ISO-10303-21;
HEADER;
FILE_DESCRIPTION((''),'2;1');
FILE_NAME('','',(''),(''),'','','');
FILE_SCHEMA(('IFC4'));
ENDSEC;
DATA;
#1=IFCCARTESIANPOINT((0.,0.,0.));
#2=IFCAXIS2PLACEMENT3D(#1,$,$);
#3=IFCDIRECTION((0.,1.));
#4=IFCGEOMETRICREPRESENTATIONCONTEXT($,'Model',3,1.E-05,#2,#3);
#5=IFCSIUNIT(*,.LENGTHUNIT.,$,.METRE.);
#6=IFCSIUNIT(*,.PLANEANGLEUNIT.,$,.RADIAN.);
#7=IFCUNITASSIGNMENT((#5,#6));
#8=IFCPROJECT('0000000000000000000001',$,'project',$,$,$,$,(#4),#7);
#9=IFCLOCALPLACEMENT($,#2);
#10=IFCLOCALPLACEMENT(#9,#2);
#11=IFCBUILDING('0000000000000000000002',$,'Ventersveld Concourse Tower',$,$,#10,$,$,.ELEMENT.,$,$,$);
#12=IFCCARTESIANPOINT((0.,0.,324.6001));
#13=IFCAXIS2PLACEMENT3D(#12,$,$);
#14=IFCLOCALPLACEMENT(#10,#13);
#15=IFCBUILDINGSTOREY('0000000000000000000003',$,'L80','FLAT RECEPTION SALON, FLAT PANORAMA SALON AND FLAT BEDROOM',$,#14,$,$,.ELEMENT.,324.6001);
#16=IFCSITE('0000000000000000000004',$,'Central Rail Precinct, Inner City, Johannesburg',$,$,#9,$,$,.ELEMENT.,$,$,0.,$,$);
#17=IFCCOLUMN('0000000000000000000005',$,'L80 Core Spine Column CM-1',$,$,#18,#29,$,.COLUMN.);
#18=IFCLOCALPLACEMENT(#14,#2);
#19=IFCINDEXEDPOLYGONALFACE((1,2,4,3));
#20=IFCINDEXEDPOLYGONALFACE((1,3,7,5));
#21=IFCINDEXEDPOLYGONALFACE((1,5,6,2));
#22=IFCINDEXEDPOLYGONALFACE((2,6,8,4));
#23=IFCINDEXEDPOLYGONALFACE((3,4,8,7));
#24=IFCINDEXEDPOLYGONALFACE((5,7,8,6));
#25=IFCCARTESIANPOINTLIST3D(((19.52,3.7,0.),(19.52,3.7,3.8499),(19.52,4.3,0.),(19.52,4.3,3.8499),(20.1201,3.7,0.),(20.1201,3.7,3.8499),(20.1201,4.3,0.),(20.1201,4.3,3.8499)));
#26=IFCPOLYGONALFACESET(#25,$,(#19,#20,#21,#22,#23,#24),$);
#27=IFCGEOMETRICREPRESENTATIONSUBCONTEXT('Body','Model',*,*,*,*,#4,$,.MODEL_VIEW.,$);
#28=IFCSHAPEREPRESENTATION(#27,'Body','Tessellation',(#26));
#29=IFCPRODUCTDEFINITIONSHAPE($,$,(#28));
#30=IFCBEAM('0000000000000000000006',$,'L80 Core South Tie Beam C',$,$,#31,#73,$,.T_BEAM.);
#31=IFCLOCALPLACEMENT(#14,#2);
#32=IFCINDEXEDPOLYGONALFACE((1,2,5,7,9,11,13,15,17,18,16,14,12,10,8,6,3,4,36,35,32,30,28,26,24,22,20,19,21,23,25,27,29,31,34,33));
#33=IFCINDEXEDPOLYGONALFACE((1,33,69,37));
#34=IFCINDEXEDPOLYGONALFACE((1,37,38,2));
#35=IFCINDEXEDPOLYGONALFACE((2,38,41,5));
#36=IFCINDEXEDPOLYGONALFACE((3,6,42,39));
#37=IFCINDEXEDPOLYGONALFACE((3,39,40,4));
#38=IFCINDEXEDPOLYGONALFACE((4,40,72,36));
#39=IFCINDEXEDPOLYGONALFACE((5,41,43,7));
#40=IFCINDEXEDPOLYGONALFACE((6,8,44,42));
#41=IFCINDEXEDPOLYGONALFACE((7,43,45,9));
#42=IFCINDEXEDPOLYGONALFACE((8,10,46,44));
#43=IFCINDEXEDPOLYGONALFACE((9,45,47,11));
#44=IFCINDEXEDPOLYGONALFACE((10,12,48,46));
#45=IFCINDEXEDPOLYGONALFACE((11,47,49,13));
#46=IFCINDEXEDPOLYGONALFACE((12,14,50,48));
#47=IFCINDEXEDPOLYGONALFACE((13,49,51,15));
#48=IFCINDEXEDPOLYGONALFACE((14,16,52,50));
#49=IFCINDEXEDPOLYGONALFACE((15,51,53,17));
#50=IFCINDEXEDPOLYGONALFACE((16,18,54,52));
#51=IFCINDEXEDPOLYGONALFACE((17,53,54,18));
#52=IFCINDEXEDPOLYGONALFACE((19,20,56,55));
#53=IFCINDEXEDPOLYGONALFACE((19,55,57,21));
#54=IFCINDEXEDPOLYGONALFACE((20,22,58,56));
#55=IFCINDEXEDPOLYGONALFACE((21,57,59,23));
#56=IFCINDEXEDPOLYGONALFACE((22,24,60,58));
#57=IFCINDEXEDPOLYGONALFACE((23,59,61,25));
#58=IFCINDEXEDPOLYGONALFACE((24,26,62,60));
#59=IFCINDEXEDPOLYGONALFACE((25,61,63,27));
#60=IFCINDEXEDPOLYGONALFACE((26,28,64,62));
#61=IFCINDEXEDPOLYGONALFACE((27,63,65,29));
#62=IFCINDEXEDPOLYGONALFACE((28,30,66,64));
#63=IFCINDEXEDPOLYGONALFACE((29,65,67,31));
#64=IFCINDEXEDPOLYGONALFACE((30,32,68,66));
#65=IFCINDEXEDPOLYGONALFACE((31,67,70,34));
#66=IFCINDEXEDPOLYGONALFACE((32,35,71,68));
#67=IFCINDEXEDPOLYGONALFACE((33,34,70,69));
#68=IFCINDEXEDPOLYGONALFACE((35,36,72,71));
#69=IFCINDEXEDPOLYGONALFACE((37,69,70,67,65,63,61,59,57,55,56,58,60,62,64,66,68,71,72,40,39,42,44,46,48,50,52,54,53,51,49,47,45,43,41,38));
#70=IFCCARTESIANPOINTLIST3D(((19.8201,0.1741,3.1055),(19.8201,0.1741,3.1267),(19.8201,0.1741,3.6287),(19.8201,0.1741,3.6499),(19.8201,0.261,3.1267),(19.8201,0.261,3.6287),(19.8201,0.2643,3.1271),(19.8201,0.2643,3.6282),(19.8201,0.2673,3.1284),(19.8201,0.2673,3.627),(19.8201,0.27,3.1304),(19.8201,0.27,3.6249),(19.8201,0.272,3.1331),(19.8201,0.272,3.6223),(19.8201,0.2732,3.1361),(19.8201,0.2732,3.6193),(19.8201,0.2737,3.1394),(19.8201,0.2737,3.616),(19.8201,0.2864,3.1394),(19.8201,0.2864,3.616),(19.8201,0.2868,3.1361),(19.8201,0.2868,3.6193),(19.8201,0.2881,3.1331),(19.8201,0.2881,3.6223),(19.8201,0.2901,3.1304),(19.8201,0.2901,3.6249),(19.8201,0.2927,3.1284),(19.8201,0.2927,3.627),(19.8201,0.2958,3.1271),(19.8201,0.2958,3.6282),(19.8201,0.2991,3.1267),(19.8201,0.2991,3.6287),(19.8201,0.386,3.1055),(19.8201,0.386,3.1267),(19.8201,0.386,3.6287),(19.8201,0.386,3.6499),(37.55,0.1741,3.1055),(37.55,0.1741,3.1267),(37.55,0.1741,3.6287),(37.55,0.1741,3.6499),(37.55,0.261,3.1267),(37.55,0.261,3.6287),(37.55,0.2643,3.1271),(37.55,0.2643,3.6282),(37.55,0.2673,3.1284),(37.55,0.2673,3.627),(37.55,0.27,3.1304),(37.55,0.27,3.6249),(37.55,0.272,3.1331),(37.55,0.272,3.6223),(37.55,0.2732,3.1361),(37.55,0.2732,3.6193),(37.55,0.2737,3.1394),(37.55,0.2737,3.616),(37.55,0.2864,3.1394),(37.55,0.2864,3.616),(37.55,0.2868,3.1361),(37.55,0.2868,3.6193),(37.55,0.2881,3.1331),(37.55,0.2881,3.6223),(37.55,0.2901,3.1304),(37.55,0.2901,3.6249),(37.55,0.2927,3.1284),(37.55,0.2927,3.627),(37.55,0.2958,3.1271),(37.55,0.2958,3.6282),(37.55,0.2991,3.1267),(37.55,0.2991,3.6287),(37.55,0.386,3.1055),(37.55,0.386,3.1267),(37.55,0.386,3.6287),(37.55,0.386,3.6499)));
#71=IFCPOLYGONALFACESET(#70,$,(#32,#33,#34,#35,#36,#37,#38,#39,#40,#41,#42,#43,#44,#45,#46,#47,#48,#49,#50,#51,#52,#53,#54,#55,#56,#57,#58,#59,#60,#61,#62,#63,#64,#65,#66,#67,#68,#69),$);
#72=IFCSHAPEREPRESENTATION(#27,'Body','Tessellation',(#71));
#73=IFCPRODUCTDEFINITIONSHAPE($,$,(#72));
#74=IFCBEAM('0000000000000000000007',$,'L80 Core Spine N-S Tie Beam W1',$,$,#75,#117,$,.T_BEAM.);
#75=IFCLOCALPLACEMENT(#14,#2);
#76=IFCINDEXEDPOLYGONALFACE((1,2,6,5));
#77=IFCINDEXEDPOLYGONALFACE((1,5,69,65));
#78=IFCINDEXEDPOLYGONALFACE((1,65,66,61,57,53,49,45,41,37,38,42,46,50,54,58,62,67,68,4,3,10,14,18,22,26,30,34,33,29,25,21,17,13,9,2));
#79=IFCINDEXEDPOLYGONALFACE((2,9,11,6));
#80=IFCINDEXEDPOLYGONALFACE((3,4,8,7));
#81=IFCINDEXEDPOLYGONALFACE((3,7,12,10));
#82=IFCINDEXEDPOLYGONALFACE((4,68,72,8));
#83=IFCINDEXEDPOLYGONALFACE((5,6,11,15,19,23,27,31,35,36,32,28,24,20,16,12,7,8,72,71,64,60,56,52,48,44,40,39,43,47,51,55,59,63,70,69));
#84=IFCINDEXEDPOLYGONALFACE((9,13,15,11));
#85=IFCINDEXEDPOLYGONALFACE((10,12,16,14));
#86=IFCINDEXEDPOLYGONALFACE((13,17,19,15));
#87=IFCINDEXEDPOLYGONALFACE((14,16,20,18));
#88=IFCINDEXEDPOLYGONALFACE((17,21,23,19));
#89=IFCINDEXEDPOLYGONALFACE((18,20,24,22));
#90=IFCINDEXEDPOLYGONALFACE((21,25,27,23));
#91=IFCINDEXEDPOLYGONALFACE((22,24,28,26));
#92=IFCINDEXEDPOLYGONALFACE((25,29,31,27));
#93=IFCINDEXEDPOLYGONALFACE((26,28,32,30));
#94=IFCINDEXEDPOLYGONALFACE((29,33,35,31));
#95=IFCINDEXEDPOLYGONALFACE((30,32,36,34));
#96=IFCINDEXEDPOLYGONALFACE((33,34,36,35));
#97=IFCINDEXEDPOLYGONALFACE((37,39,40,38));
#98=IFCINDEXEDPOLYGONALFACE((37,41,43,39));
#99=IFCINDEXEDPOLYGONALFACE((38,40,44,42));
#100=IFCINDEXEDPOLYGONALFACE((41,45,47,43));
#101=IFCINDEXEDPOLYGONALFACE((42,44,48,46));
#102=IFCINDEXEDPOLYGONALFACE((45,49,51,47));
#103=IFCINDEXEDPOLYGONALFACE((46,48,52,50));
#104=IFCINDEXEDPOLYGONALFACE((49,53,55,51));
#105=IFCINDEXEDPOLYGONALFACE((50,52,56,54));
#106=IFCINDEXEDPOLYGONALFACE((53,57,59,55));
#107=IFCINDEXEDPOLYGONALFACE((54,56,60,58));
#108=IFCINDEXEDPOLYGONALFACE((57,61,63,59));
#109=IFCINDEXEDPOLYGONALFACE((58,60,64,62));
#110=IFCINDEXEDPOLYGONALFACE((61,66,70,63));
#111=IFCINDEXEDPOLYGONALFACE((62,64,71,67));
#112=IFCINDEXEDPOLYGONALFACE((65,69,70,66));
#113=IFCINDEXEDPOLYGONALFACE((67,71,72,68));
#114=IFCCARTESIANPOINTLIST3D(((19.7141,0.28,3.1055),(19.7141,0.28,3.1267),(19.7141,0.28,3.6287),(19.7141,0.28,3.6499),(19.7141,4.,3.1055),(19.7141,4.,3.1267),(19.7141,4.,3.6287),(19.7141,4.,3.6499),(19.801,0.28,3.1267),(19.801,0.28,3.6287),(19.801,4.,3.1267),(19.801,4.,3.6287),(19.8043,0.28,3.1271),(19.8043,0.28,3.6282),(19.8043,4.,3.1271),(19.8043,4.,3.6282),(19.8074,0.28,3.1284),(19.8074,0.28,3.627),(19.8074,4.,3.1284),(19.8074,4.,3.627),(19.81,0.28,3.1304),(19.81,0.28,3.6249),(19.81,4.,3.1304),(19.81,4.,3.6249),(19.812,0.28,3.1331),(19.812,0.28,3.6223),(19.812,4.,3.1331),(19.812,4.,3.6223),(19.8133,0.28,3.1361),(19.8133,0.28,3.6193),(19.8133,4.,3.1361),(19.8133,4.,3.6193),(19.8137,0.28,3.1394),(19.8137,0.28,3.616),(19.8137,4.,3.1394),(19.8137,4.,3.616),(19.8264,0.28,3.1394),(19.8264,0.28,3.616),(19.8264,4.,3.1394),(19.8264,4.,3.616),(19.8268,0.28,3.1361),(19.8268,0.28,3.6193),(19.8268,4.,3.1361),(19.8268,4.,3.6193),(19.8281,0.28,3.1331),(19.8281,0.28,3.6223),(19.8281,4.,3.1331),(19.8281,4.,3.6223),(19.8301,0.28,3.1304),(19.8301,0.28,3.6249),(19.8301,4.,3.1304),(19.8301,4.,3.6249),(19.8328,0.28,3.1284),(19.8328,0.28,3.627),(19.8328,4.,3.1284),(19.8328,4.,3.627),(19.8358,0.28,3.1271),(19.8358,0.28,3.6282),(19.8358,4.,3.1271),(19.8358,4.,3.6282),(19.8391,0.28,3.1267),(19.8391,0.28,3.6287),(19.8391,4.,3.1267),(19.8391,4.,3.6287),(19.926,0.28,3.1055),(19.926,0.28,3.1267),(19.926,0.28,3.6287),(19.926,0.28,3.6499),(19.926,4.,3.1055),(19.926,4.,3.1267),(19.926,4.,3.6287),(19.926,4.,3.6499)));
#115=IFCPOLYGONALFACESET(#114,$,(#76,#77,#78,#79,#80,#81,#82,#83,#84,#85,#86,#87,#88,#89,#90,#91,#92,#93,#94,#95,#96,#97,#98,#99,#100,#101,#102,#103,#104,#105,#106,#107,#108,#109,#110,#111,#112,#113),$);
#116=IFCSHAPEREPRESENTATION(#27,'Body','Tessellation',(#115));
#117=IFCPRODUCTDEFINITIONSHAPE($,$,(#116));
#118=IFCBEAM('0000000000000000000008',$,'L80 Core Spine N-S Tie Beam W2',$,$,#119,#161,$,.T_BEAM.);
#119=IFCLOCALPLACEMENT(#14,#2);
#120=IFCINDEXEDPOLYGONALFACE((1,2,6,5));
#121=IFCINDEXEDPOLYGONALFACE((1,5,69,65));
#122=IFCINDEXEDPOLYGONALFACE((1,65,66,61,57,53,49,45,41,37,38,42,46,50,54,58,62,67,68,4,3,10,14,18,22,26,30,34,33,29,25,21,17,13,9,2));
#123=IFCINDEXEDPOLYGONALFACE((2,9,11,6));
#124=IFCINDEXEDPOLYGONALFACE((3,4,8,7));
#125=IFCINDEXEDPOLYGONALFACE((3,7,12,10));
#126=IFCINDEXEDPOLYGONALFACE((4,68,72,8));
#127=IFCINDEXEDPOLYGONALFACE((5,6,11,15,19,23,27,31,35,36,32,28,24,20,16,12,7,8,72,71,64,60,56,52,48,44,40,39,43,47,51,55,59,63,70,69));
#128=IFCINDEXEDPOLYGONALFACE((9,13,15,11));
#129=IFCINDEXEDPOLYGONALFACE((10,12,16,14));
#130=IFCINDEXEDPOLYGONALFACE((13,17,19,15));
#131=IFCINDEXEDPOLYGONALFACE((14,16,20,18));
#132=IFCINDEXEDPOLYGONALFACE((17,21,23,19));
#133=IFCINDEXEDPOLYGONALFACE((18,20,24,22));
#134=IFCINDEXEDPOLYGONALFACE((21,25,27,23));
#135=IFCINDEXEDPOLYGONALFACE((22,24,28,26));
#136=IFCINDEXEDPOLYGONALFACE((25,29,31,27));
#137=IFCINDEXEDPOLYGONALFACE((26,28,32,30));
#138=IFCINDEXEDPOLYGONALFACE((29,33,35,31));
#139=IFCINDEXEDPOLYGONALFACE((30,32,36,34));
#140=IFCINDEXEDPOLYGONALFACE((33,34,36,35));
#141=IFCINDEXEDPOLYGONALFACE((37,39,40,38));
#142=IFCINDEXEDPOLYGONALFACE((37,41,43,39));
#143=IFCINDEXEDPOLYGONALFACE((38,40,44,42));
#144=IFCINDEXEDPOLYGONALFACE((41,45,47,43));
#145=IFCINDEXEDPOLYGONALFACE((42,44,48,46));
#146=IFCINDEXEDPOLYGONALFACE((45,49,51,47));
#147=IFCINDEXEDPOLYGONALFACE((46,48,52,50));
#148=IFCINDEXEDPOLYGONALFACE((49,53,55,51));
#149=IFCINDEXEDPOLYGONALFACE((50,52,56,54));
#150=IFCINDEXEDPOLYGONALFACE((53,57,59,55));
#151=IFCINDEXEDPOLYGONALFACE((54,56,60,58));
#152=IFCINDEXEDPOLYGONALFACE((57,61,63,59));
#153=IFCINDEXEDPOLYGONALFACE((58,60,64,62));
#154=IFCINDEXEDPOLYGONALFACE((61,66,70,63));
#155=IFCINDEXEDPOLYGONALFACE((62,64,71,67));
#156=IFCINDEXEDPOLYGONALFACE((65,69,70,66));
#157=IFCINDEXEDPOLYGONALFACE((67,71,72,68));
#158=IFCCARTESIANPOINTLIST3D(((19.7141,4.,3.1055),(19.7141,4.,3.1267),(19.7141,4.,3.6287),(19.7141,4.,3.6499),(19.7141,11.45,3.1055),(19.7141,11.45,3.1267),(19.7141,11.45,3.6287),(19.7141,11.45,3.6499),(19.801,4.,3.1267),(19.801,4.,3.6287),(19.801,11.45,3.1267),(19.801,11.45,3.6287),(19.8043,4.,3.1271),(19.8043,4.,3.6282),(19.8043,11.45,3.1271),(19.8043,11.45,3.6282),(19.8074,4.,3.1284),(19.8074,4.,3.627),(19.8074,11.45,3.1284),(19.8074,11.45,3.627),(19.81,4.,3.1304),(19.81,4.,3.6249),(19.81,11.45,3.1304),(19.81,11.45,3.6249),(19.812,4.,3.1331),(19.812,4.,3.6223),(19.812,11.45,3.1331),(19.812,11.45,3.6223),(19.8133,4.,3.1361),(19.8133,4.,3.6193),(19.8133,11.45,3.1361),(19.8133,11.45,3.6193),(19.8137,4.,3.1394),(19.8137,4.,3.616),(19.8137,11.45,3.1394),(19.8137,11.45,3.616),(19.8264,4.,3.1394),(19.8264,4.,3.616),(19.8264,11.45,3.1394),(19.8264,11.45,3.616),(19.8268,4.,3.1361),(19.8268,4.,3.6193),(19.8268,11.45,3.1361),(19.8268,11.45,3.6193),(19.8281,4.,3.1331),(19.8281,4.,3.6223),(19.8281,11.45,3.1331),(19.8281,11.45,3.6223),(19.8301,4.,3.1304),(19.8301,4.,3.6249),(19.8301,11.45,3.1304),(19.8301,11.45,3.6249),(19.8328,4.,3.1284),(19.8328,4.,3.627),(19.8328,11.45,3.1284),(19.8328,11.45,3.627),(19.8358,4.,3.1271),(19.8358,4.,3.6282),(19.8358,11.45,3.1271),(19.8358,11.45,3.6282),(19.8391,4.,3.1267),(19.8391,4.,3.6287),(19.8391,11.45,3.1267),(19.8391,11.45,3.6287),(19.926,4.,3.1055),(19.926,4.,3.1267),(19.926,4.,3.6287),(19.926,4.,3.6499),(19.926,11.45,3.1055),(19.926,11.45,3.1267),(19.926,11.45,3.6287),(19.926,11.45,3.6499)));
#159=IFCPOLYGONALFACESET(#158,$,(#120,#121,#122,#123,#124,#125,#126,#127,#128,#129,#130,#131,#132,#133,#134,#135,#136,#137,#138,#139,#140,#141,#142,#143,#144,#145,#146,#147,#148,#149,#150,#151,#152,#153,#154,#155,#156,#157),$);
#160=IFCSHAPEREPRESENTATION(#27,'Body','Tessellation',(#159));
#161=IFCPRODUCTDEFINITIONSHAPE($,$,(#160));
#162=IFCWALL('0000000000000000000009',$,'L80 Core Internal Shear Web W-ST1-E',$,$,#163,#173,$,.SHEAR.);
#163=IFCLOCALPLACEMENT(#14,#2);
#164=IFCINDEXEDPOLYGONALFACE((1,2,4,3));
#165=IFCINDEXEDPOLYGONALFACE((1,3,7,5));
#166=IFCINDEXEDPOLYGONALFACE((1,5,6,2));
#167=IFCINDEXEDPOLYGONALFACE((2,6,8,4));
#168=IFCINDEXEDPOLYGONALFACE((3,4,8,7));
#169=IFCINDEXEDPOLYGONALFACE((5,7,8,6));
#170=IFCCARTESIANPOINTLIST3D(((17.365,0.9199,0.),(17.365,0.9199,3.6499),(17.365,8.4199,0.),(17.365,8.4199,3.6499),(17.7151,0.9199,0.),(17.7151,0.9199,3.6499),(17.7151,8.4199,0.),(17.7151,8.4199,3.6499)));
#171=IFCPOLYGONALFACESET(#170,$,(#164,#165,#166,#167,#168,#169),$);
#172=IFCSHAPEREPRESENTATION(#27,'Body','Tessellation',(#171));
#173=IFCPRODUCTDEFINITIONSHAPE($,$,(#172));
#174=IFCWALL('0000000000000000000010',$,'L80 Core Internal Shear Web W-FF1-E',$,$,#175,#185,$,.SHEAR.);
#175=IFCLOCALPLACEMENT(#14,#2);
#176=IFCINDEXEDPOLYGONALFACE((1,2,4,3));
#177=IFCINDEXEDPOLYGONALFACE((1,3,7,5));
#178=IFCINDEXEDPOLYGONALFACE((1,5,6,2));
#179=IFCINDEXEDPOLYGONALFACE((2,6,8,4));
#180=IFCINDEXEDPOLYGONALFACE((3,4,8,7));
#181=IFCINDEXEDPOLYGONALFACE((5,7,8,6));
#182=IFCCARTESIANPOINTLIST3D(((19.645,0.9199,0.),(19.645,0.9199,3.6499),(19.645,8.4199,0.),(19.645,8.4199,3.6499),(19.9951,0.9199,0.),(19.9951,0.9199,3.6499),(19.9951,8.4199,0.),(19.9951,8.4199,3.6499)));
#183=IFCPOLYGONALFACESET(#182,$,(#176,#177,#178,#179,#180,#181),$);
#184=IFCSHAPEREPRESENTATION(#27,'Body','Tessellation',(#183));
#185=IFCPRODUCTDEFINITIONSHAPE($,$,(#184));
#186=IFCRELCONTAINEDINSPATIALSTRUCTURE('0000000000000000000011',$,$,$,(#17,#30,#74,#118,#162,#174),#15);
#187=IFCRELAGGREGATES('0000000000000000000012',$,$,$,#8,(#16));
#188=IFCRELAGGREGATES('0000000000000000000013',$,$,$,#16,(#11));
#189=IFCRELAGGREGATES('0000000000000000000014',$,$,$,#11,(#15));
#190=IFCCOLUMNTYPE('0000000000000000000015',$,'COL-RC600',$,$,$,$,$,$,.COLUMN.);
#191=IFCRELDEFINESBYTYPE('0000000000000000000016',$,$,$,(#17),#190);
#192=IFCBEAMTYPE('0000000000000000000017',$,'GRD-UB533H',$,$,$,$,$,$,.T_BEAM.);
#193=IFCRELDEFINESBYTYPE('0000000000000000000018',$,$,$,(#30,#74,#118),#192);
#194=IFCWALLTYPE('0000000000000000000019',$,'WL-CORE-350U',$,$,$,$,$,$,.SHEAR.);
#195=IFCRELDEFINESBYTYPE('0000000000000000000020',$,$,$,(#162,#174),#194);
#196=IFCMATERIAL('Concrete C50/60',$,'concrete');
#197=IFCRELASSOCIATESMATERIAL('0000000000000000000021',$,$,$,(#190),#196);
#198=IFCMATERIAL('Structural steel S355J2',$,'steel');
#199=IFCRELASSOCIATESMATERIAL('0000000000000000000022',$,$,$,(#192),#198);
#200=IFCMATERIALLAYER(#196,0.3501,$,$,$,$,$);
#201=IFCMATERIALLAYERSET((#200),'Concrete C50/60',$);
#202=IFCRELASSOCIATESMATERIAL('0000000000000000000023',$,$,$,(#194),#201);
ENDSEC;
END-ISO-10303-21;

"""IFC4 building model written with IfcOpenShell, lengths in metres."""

from ifc_helpers import new_model, si_unit, direction, frame, frame_2d, origin, origin_2d, place, context, subcontext, project, spatial, rectangle, i_section, extrude, material, layer, layer_set, material_profile, profile_set, type_object, element, save


model = new_model("IFC4")

# Units and contexts
model_context = context("Model", 3, precision=1e-05, world=origin(), true_north=direction((0.0, 1.0)))
body_context = subcontext(model_context, "Body", "Model", "MODEL_VIEW")
ifc_project = project(units=[si_unit("LENGTHUNIT", "METRE"), si_unit("PLANEANGLEUNIT", "RADIAN")], contexts=[model_context])

# Site, building, storey
site_placement = place(None, origin())
site = spatial("IfcSite", under=ifc_project, at=site_placement, Name="Central Rail Precinct, Inner City, Johannesburg", CompositionType="ELEMENT", RefElevation=0.0)
building_placement = place(site_placement, origin())
building = spatial("IfcBuilding", under=site, at=building_placement, Name="Ventersveld Concourse Tower", CompositionType="ELEMENT")
storey_placement = place(building_placement, frame((0.0, 0.0, 324.6001)))
storey = spatial("IfcBuildingStorey", under=building, at=storey_placement, Name="L80", Description="FLAT RECEPTION SALON, FLAT PANORAMA SALON AND FLAT BEDROOM", CompositionType="ELEMENT", Elevation=324.6001)

# Column
ifc_material_1 = material(Name="Concrete C50/60", Category="concrete")
ifc_material_profile_1 = material_profile(ifc_material_1, rectangle(XDim=0.6001, YDim=0.6001, at=origin_2d()), Name="RC 600x600")
ifc_profile_set_1 = profile_set([ifc_material_profile_1], Name="Concrete C50/60")
column_type = type_object("IfcColumnType", Name="COL-RC600", PredefinedType="COLUMN", material=ifc_profile_set_1)
column_placement = place(storey_placement, frame((19.8201, 4.0, 0.0), z_axis=(0.0, 0.0, 1.0), x_axis=(1.0, 0.0, 0.0)))
element("IfcColumn", 1, at=column_placement, inside=storey, type_object=column_type, Name="L80 Core Spine Column CM-1", PredefinedType="COLUMN", context=body_context, shape_type="SweptSolid", body=[
    extrude(rectangle(XDim=0.6001, YDim=0.6001, at=origin_2d()), origin(), (0.0, 0.0, 1.0), 3.8499),
])

# Beams
ifc_material_2 = material(Name="Structural steel S355J2", Category="steel")
ifc_material_profile_2 = material_profile(ifc_material_2, i_section(OverallWidth=0.2119, OverallDepth=0.5444, WebThickness=0.0127, FlangeThickness=0.0212, FilletRadius=0.0127, at=origin_2d()), Name="UB 533x210x122")
ifc_profile_set_2 = profile_set([ifc_material_profile_2], Name="Structural steel S355J2")
beam_type = type_object("IfcBeamType", Name="GRD-UB533H", PredefinedType="T_BEAM", material=ifc_profile_set_2)
beam_1_placement = place(storey_placement, frame((19.8201, 0.28, 3.3777), z_axis=(1.0, 0.0, 0.0), x_axis=(0.0, 1.0, 0.0)))
element("IfcBeam", 2, at=beam_1_placement, inside=storey, type_object=beam_type, Name="L80 Core South Tie Beam C", PredefinedType="T_BEAM", context=body_context, shape_type="SweptSolid", body=[
    extrude(i_section(OverallWidth=0.2119, OverallDepth=0.5444, WebThickness=0.0127, FlangeThickness=0.0212, FilletRadius=0.0127, at=origin_2d()), origin(), (0.0, 0.0, 1.0), 17.73),
])
beam_2_placement = place(storey_placement, frame((19.8201, 0.28, 3.3777), z_axis=(0.0, 1.0, 0.0), x_axis=(-1.0, 0.0, 0.0)))
element("IfcBeam", 3, at=beam_2_placement, inside=storey, type_object=beam_type, Name="L80 Core Spine N-S Tie Beam W1", PredefinedType="T_BEAM", context=body_context, shape_type="SweptSolid", body=[
    extrude(i_section(OverallWidth=0.2119, OverallDepth=0.5444, WebThickness=0.0127, FlangeThickness=0.0212, FilletRadius=0.0127, at=origin_2d()), origin(), (0.0, 0.0, 1.0), 3.72),
])
beam_3_placement = place(storey_placement, frame((19.8201, 4.0, 3.3777), z_axis=(0.0, 1.0, 0.0), x_axis=(-1.0, 0.0, 0.0)))
element("IfcBeam", 4, at=beam_3_placement, inside=storey, type_object=beam_type, Name="L80 Core Spine N-S Tie Beam W2", PredefinedType="T_BEAM", context=body_context, shape_type="SweptSolid", body=[
    extrude(i_section(OverallWidth=0.2119, OverallDepth=0.5444, WebThickness=0.0127, FlangeThickness=0.0212, FilletRadius=0.0127, at=origin_2d()), origin(), (0.0, 0.0, 1.0), 7.45),
])

# Walls
ifc_layer_1 = layer(ifc_material_1, 0.3501)
ifc_layer_set_1 = layer_set([ifc_layer_1], Name="Concrete C50/60")
wall_type_1 = type_object("IfcWallType", Name="WL-CORE-350U", PredefinedType="SHEAR", material=ifc_layer_set_1)
for number, where, z_axis, x_axis, name in (
    (5, (17.54, 0.9199, 0.0), (0.0, 0.0, 1.0), (0.0, 1.0, 0.0), "L80 Core Internal Shear Web W-ST1-E"),
    (6, (19.8201, 0.9199, 0.0), (0.0, 0.0, 1.0), (0.0, 1.0, 0.0), "L80 Core Internal Shear Web W-FF1-E"),
):
    element("IfcWall", number, at=place(storey_placement, frame(where, z_axis=z_axis, x_axis=x_axis)), inside=storey, type_object=wall_type_1, Name=name, PredefinedType="SHEAR", context=body_context, shape_type="SweptSolid", body=[
        extrude(rectangle(XDim=7.5, YDim=0.3501, at=frame_2d((3.75, 0.0))), origin(), (0.0, 0.0, 1.0), 3.6499),
    ])

save(model, "model.ifc")
